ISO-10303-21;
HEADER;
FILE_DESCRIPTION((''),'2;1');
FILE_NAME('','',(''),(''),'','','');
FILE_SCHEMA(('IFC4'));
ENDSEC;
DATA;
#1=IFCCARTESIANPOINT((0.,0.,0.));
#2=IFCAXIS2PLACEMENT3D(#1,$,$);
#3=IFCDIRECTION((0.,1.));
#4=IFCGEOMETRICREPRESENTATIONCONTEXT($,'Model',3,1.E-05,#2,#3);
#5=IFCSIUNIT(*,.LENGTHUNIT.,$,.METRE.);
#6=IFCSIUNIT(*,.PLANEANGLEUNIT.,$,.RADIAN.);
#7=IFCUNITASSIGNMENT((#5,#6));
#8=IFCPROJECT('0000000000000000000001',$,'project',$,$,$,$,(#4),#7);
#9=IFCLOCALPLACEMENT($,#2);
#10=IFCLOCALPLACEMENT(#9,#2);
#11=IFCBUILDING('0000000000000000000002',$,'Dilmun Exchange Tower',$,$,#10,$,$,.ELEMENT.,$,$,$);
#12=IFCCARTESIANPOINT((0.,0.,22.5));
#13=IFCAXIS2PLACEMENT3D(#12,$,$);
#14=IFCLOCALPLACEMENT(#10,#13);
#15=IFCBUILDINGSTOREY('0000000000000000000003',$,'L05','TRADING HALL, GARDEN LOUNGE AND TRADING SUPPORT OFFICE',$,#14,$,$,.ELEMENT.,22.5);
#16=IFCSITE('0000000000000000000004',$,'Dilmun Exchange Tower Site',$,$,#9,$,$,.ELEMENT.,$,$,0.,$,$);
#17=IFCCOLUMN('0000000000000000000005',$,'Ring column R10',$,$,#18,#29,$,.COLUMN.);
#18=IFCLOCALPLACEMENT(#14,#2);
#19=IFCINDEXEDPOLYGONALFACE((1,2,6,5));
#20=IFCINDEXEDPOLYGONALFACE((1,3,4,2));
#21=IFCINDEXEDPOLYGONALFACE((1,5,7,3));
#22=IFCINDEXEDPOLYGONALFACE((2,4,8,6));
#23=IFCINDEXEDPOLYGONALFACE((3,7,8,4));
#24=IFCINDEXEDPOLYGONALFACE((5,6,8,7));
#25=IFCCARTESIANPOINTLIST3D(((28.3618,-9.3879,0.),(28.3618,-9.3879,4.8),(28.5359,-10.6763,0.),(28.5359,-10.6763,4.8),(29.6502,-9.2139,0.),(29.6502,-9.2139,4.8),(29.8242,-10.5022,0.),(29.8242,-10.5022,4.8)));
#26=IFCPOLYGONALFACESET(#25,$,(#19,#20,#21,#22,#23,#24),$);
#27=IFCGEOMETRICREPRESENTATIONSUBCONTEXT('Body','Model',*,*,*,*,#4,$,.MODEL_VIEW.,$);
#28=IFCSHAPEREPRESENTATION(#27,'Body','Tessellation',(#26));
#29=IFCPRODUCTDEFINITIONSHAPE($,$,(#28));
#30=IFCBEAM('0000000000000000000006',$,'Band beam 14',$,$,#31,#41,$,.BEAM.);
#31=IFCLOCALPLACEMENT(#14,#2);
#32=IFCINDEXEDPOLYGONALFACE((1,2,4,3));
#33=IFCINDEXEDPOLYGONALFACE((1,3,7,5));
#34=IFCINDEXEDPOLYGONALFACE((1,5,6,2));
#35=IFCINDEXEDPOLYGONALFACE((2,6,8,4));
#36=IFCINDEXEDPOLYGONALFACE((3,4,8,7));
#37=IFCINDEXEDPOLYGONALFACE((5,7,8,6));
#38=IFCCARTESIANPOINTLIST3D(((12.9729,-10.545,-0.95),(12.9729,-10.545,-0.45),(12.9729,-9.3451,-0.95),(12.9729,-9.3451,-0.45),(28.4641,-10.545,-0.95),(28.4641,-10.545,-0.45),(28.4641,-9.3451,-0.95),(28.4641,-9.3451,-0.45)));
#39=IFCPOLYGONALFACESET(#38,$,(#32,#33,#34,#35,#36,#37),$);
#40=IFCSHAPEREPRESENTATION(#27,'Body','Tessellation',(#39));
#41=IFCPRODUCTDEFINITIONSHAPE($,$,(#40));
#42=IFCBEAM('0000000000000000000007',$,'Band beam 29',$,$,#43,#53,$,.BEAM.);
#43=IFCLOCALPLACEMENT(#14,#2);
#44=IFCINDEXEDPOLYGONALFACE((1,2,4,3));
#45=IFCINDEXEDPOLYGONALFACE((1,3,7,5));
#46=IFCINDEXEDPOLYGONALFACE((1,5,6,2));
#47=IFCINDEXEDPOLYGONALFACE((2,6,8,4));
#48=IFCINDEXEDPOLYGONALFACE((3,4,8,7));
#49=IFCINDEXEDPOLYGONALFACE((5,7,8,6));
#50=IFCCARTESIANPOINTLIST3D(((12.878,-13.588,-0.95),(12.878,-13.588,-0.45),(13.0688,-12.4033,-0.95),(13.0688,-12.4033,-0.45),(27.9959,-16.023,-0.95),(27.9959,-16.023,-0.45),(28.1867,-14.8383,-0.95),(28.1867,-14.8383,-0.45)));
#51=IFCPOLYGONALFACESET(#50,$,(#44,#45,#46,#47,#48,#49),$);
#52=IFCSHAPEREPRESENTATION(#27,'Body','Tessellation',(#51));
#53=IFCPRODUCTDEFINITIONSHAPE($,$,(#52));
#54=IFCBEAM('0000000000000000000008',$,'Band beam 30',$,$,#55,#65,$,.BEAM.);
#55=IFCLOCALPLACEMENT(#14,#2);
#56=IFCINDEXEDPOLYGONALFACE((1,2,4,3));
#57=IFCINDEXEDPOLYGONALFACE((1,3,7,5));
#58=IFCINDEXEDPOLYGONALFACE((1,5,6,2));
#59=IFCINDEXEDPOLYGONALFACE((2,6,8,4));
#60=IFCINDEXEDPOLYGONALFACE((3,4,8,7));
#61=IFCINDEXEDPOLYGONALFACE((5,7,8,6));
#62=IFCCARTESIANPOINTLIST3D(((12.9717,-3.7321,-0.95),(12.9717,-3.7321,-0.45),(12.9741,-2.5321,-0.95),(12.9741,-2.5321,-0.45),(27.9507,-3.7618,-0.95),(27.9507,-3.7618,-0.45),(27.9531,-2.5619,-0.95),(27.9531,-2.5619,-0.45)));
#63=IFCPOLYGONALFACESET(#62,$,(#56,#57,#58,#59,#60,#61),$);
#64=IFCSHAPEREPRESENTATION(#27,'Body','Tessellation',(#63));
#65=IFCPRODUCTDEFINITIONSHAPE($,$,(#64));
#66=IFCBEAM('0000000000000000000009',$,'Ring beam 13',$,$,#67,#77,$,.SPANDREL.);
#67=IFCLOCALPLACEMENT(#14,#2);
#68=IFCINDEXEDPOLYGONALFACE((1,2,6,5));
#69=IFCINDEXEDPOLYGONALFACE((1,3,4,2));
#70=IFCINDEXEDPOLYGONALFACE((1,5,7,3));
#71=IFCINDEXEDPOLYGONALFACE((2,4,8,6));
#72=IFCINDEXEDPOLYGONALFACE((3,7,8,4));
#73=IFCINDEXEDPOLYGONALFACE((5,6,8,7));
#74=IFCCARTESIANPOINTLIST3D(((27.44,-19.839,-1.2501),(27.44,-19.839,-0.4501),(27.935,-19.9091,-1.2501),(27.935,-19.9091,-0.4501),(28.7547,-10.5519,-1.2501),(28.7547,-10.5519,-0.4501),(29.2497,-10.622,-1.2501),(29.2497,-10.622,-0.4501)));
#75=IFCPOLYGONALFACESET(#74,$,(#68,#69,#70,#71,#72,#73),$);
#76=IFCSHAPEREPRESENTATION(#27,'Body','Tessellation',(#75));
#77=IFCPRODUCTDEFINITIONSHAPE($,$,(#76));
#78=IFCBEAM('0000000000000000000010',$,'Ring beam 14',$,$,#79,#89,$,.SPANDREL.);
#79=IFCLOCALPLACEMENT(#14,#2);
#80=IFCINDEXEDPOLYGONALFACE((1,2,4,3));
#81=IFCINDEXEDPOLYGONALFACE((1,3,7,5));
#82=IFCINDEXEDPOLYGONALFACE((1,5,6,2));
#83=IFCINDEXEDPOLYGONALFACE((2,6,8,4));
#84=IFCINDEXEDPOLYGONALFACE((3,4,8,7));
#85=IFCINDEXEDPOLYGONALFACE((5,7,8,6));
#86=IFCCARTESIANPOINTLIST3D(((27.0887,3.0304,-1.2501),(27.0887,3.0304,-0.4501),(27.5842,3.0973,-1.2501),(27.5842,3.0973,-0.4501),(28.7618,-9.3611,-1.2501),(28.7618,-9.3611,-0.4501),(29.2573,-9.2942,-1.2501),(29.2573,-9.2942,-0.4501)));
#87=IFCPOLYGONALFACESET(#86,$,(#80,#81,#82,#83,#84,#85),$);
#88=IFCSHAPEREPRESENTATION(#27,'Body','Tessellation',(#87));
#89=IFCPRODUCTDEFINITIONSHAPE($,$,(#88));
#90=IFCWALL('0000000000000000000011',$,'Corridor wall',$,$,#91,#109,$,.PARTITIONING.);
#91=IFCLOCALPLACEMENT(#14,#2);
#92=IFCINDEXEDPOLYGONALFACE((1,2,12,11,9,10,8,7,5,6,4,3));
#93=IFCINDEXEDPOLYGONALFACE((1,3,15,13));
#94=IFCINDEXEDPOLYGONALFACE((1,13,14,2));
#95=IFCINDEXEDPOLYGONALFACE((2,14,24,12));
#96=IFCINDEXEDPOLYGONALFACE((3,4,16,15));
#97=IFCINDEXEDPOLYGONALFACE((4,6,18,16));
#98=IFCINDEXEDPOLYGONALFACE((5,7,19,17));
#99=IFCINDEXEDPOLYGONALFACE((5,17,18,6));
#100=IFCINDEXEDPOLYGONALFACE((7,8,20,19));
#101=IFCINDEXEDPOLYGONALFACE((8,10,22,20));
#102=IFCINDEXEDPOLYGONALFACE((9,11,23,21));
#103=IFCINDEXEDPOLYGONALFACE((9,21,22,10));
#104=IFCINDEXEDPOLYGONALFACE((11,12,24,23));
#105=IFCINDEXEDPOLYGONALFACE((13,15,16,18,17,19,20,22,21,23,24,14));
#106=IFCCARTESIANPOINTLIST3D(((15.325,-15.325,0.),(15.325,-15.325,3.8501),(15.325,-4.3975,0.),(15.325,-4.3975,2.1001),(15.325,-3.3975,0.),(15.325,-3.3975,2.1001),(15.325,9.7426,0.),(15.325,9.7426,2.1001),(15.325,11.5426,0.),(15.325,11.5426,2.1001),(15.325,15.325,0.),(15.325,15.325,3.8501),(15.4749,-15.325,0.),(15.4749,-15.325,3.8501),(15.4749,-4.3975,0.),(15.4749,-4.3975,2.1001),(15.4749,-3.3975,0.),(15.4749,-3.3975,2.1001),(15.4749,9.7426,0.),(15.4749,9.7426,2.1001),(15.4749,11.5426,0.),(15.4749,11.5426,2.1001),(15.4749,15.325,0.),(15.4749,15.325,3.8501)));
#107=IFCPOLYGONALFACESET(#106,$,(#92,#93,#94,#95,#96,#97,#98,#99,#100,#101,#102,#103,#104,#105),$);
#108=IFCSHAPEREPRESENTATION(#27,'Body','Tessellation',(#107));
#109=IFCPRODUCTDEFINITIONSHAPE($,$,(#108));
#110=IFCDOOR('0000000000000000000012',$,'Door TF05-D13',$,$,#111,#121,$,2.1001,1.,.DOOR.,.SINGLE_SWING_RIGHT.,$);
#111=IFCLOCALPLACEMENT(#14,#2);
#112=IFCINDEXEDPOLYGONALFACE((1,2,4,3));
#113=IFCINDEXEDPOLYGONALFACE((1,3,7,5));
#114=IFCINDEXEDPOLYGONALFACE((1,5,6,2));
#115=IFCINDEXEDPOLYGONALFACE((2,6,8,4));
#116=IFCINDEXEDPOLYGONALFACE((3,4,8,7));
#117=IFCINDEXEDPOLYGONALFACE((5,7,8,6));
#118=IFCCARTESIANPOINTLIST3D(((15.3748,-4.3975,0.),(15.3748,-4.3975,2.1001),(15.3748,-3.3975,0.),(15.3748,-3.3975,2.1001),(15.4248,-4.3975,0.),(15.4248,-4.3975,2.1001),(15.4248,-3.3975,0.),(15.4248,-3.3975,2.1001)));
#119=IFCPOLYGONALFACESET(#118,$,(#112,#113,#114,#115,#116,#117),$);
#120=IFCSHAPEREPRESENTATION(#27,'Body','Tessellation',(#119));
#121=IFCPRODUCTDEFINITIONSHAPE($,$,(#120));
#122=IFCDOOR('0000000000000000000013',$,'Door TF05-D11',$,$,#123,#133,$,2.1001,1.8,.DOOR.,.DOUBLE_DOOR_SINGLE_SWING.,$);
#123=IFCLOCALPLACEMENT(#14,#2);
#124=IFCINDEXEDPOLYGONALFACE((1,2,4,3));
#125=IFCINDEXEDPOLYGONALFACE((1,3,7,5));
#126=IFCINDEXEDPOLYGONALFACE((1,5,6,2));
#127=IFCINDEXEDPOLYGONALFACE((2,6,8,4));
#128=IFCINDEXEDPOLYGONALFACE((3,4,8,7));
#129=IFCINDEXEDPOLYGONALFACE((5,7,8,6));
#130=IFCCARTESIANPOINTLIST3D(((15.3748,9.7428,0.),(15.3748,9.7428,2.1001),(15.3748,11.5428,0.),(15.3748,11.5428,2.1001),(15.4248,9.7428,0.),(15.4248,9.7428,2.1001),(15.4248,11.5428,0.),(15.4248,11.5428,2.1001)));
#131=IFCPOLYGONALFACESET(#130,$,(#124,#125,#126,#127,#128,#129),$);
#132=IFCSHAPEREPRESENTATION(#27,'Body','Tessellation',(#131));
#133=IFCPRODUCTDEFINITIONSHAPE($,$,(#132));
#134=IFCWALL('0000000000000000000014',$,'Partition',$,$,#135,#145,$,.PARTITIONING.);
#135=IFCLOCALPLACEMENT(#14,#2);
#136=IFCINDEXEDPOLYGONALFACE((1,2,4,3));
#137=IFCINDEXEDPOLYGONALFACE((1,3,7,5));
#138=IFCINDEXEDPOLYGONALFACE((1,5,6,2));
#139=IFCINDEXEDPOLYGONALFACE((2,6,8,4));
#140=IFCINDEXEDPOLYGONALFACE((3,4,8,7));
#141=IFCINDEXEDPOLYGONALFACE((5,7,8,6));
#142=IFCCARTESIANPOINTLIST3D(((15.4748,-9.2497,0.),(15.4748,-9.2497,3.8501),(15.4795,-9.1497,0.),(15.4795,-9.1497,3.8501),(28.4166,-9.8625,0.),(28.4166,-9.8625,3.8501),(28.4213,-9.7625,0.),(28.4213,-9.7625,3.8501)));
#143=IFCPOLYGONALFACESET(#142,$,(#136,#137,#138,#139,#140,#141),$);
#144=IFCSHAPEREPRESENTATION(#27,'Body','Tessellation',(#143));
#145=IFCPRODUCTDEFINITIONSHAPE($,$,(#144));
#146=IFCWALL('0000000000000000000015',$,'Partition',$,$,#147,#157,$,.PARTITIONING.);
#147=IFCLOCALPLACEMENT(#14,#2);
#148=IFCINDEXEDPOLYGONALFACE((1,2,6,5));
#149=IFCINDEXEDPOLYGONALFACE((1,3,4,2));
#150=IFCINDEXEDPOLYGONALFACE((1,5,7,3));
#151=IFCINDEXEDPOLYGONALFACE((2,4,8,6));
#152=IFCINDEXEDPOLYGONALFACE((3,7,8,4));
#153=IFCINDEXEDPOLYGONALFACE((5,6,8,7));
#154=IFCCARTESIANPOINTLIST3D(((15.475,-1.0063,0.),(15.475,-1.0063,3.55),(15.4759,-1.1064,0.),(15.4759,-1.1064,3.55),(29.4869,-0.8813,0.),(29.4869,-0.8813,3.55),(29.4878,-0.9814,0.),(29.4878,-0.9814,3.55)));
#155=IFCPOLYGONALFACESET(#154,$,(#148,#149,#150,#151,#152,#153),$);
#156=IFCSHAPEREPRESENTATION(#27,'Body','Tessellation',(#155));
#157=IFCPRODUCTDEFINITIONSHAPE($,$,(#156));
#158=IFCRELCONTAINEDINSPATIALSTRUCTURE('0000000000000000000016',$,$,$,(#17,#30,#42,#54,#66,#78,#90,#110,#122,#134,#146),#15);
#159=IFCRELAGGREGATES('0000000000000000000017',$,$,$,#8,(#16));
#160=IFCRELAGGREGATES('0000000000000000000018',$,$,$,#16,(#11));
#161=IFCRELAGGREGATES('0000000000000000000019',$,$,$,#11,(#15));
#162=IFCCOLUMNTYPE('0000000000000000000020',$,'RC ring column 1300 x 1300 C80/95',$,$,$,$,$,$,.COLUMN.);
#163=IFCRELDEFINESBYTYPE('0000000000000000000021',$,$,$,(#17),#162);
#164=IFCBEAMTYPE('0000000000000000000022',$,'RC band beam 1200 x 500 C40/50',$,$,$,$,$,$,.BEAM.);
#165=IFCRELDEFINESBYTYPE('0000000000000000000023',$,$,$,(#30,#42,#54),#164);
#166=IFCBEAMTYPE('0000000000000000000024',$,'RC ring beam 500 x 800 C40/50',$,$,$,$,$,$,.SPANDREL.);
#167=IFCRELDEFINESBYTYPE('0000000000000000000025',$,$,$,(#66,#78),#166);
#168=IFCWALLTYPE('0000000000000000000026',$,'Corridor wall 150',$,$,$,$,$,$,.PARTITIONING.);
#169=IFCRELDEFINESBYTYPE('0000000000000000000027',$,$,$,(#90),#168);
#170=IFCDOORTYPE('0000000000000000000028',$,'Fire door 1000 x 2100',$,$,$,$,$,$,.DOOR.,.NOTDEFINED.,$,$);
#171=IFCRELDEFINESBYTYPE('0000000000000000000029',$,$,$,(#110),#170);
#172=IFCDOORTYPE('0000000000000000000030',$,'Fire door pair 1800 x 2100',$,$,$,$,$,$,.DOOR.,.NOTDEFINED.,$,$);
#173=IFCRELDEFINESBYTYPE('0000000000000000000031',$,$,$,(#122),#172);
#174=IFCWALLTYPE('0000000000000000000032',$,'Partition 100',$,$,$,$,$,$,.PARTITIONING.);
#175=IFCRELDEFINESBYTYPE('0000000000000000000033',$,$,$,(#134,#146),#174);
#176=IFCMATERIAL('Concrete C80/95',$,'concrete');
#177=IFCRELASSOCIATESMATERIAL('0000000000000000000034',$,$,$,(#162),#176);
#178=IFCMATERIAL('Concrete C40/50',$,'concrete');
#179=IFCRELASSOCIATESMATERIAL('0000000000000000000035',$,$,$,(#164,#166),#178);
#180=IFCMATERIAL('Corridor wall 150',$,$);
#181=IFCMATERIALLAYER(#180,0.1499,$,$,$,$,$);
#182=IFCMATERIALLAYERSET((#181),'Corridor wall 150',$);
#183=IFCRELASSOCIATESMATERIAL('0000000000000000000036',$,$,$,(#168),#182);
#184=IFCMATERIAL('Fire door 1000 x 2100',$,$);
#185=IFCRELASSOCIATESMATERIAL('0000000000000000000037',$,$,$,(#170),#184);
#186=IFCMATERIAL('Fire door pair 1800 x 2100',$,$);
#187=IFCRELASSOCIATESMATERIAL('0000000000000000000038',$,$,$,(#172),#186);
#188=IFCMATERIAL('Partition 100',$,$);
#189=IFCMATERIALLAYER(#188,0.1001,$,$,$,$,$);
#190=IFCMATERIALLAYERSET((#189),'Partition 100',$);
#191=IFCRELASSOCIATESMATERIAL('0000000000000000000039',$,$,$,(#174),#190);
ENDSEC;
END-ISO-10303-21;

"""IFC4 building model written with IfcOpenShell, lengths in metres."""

from ifc_helpers import new_model, si_unit, direction, frame, frame_2d, origin, origin_2d, place, context, subcontext, project, spatial, rectangle, extrude, material, layer, layer_set, material_profile, profile_set, type_object, element, fill, save


model = new_model("IFC4")

# Units and contexts
model_context = context("Model", 3, precision=1e-05, world=origin(), true_north=direction((0.0, 1.0)))
body_context = subcontext(model_context, "Body", "Model", "MODEL_VIEW")
ifc_project = project(units=[si_unit("LENGTHUNIT", "METRE"), si_unit("PLANEANGLEUNIT", "RADIAN")], contexts=[model_context])

# Site, building, storey
site_placement = place(None, origin())
site = spatial("IfcSite", under=ifc_project, at=site_placement, Name="Dilmun Exchange Tower Site", CompositionType="ELEMENT", RefElevation=0.0)
building_placement = place(site_placement, origin())
building = spatial("IfcBuilding", under=site, at=building_placement, Name="Dilmun Exchange Tower", CompositionType="ELEMENT")
storey_placement = place(building_placement, frame((0.0, 0.0, 22.5)))
storey = spatial("IfcBuildingStorey", under=building, at=storey_placement, Name="L05", Description="TRADING HALL, GARDEN LOUNGE AND TRADING SUPPORT OFFICE", CompositionType="ELEMENT", Elevation=22.5)

# Column
ifc_material_1 = material(Name="Concrete C80/95", Category="concrete")
ifc_material_profile_1 = material_profile(ifc_material_1, rectangle(XDim=1.3, YDim=1.3, at=origin_2d()), Name="1300 x 1300")
ifc_profile_set_1 = profile_set([ifc_material_profile_1], Name="Concrete C80/95")
column_type = type_object("IfcColumnType", Name="RC ring column 1300 x 1300 C80/95", PredefinedType="COLUMN", material=ifc_profile_set_1)
column_placement = place(storey_placement, frame((29.093, -9.9451, 0.0), z_axis=(0.0, 0.0, 1.0), x_axis=(0.991001, 0.133853, 0.0)))
element("IfcColumn", 1, at=column_placement, inside=storey, type_object=column_type, Name="Ring column R10", PredefinedType="COLUMN", context=body_context, shape_type="SweptSolid", body=[
    extrude(rectangle(XDim=1.3, YDim=1.3, at=origin_2d()), origin(), (0.0, 0.0, 1.0), 4.8),
])

# Beams
ifc_material_2 = material(Name="Concrete C40/50", Category="concrete")
ifc_material_profile_2 = material_profile(ifc_material_2, rectangle(XDim=1.2, YDim=0.5, at=origin_2d()), Name="1200 x 500")
ifc_profile_set_2 = profile_set([ifc_material_profile_2], Name="Concrete C40/50")
beam_type_1 = type_object("IfcBeamType", Name="RC band beam 1200 x 500 C40/50", PredefinedType="BEAM", material=ifc_profile_set_2)
beam_1_placement = place(storey_placement, frame((28.4641, -9.9451, -0.7), z_axis=(-1.0, 0.0, 0.0), x_axis=(0.0, -1.0, 0.0)))
element("IfcBeam", 2, at=beam_1_placement, inside=storey, type_object=beam_type_1, Name="Band beam 14", PredefinedType="BEAM", context=body_context, shape_type="SweptSolid", body=[
    extrude(rectangle(XDim=1.2, YDim=0.5, at=origin_2d()), origin(), (0.0, 0.0, 1.0), 15.4912),
])
beam_2_placement = place(storey_placement, frame((28.0913, -15.4307, -0.7), z_axis=(-0.987275, 0.159021, 0.0), x_axis=(-0.159021, -0.987275, 0.0)))
element("IfcBeam", 3, at=beam_2_placement, inside=storey, type_object=beam_type_1, Name="Band beam 29", PredefinedType="BEAM", context=body_context, shape_type="SweptSolid", body=[
    extrude(rectangle(XDim=1.2, YDim=0.5, at=origin_2d()), origin(), (0.0, 0.0, 1.0), 15.3127),
])
beam_3_placement = place(storey_placement, frame((27.9519, -3.1619, -0.7), z_axis=(-0.999998, 0.001988, 0.0), x_axis=(-0.001988, -0.999998, 0.0)))
element("IfcBeam", 4, at=beam_3_placement, inside=storey, type_object=beam_type_1, Name="Band beam 30", PredefinedType="BEAM", context=body_context, shape_type="SweptSolid", body=[
    extrude(rectangle(XDim=1.2, YDim=0.5, at=origin_2d()), origin(), (0.0, 0.0, 1.0), 14.979),
])
ifc_material_profile_3 = material_profile(ifc_material_2, rectangle(XDim=0.5, YDim=0.8, at=origin_2d()), Name="500 x 800")
ifc_profile_set_3 = profile_set([ifc_material_profile_3], Name="Concrete C40/50")
beam_type_2 = type_object("IfcBeamType", Name="RC ring beam 500 x 800 C40/50", PredefinedType="SPANDREL", material=ifc_profile_set_3)
beam_4_placement = place(storey_placement, frame((27.6875, -19.874, -0.8501), z_axis=(0.140164, 0.990128, 0.0), x_axis=(-0.990128, 0.140164, 0.0)))
element("IfcBeam", 5, at=beam_4_placement, inside=storey, type_object=beam_type_2, Name="Ring beam 13", PredefinedType="SPANDREL", context=body_context, shape_type="SweptSolid", body=[
    extrude(rectangle(XDim=0.5, YDim=0.8, at=origin_2d()), origin(), (0.0, 0.0, 1.0), 9.3796),
])
beam_5_placement = place(storey_placement, frame((29.0095, -9.3276, -0.8501), z_axis=(-0.133807, 0.991007, 0.0), x_axis=(-0.991007, -0.133807, 0.0)))
element("IfcBeam", 6, at=beam_5_placement, inside=storey, type_object=beam_type_2, Name="Ring beam 14", PredefinedType="SPANDREL", context=body_context, shape_type="SweptSolid", body=[
    extrude(rectangle(XDim=0.5, YDim=0.8, at=origin_2d()), origin(), (0.0, 0.0, 1.0), 12.5039),
])

# Wall, openings, doors
ifc_material_3 = material(Name="Corridor wall 150")
ifc_layer_1 = layer(ifc_material_3, 0.1499)
ifc_layer_set_1 = layer_set([ifc_layer_1], Name="Corridor wall 150")
wall_type_1 = type_object("IfcWallType", Name="Corridor wall 150", PredefinedType="PARTITIONING", material=ifc_layer_set_1)
wall_1_placement = place(storey_placement, frame((15.3999, -15.325, 0.0), z_axis=(0.0, 0.0, 1.0), x_axis=(0.0, 1.0, 0.0)))
wall_1 = element("IfcWall", 7, at=wall_1_placement, inside=storey, type_object=wall_type_1, Name="Corridor wall", PredefinedType="PARTITIONING", context=body_context, shape_type="SweptSolid", body=[
    extrude(rectangle(XDim=30.6499, YDim=0.1499, at=frame_2d((15.325, 0.0))), origin(), (0.0, 0.0, 1.0), 3.8501),
])
opening_1_placement = place(wall_1_placement, frame((25.0676, 0.0, 0.0)))
opening_1 = element("IfcOpeningElement", 8, at=opening_1_placement, cuts=wall_1, PredefinedType="OPENING", context=body_context, shape_type="SweptSolid", body=[
    extrude(rectangle(XDim=1.8, YDim=2.1001, at=frame_2d((0.8999, 1.05))), frame((0.0, 0.085, 0.0), z_axis=(0.0, -1.0, 0.0), x_axis=(1.0, 0.0, 0.0)), (0.0, 0.0, 1.0), 0.1699),
])
opening_2_placement = place(wall_1_placement, frame((10.9275, 0.0, 0.0)))
opening_2 = element("IfcOpeningElement", 9, at=opening_2_placement, cuts=wall_1, PredefinedType="OPENING", context=body_context, shape_type="SweptSolid", body=[
    extrude(rectangle(XDim=1.0, YDim=2.1001, at=frame_2d((0.5, 1.05))), frame((0.0, 0.085, 0.0), z_axis=(0.0, -1.0, 0.0), x_axis=(1.0, 0.0, 0.0)), (0.0, 0.0, 1.0), 0.1699),
])
ifc_material_4 = material(Name="Fire door 1000 x 2100")
door_type_1 = type_object("IfcDoorType", Name="Fire door 1000 x 2100", OperationType="NOTDEFINED", PredefinedType="DOOR", material=ifc_material_4)
door_1_placement = place(opening_2_placement, frame((1.0, 0.0, 0.0), z_axis=(0.0, 0.0, 1.0), x_axis=(-1.0, 0.0, 0.0)))
door_1 = element("IfcDoor", 10, at=door_1_placement, inside=storey, type_object=door_type_1, Name="Door TF05-D13", OperationType="SINGLE_SWING_RIGHT", OverallHeight=2.1001, OverallWidth=1.0, PredefinedType="DOOR", context=body_context, shape_type="SweptSolid", body=[
    extrude(rectangle(XDim=1.0, YDim=2.1001, at=frame_2d((0.5, 1.05))), frame((0.0, 0.0249, 0.0), z_axis=(0.0, -1.0, 0.0), x_axis=(1.0, 0.0, 0.0)), (0.0, 0.0, 1.0), 0.05),
])
fill(opening_2, door_1)
ifc_material_5 = material(Name="Fire door pair 1800 x 2100")
door_type_2 = type_object("IfcDoorType", Name="Fire door pair 1800 x 2100", OperationType="NOTDEFINED", PredefinedType="DOOR", material=ifc_material_5)
door_2_placement = place(opening_1_placement, frame((1.8, 0.0, 0.0), z_axis=(0.0, 0.0, 1.0), x_axis=(-1.0, 0.0, 0.0)))
door_2 = element("IfcDoor", 11, at=door_2_placement, inside=storey, type_object=door_type_2, Name="Door TF05-D11", OperationType="DOUBLE_DOOR_SINGLE_SWING", OverallHeight=2.1001, OverallWidth=1.8, PredefinedType="DOOR", context=body_context, shape_type="SweptSolid", body=[
    extrude(rectangle(XDim=1.8, YDim=2.1001, at=frame_2d((0.8999, 1.05))), frame((0.0, 0.0249, 0.0), z_axis=(0.0, -1.0, 0.0), x_axis=(1.0, 0.0, 0.0)), (0.0, 0.0, 1.0), 0.05),
])
fill(opening_1, door_2)

# Walls
ifc_material_6 = material(Name="Partition 100")
ifc_layer_2 = layer(ifc_material_6, 0.1001)
ifc_layer_set_2 = layer_set([ifc_layer_2], Name="Partition 100")
wall_type_2 = type_object("IfcWallType", Name="Partition 100", PredefinedType="PARTITIONING", material=ifc_layer_set_2)
wall_2_placement = place(storey_placement, frame((15.4773, -9.1997, 0.0), z_axis=(0.0, 0.0, 1.0), x_axis=(0.998881, -0.047297, 0.0)))
element("IfcWall", 12, at=wall_2_placement, inside=storey, type_object=wall_type_2, Name="Partition", PredefinedType="PARTITIONING", context=body_context, shape_type="SweptSolid", body=[
    extrude(rectangle(XDim=12.9563, YDim=0.1001, at=frame_2d((6.478, 0.0))), origin(), (0.0, 0.0, 1.0), 3.8501),
])
wall_3_placement = place(storey_placement, frame((15.4753, -1.0564, 0.0), z_axis=(0.0, 0.0, 1.0), x_axis=(0.99996, 0.008921, 0.0)))
element("IfcWall", 13, at=wall_3_placement, inside=storey, type_object=wall_type_2, Name="Partition", PredefinedType="PARTITIONING", context=body_context, shape_type="SweptSolid", body=[
    extrude(rectangle(XDim=14.0125, YDim=0.1001, at=frame_2d((7.0063, 0.0))), origin(), (0.0, 0.0, 1.0), 3.55),
])

save(model, "model.ifc")
